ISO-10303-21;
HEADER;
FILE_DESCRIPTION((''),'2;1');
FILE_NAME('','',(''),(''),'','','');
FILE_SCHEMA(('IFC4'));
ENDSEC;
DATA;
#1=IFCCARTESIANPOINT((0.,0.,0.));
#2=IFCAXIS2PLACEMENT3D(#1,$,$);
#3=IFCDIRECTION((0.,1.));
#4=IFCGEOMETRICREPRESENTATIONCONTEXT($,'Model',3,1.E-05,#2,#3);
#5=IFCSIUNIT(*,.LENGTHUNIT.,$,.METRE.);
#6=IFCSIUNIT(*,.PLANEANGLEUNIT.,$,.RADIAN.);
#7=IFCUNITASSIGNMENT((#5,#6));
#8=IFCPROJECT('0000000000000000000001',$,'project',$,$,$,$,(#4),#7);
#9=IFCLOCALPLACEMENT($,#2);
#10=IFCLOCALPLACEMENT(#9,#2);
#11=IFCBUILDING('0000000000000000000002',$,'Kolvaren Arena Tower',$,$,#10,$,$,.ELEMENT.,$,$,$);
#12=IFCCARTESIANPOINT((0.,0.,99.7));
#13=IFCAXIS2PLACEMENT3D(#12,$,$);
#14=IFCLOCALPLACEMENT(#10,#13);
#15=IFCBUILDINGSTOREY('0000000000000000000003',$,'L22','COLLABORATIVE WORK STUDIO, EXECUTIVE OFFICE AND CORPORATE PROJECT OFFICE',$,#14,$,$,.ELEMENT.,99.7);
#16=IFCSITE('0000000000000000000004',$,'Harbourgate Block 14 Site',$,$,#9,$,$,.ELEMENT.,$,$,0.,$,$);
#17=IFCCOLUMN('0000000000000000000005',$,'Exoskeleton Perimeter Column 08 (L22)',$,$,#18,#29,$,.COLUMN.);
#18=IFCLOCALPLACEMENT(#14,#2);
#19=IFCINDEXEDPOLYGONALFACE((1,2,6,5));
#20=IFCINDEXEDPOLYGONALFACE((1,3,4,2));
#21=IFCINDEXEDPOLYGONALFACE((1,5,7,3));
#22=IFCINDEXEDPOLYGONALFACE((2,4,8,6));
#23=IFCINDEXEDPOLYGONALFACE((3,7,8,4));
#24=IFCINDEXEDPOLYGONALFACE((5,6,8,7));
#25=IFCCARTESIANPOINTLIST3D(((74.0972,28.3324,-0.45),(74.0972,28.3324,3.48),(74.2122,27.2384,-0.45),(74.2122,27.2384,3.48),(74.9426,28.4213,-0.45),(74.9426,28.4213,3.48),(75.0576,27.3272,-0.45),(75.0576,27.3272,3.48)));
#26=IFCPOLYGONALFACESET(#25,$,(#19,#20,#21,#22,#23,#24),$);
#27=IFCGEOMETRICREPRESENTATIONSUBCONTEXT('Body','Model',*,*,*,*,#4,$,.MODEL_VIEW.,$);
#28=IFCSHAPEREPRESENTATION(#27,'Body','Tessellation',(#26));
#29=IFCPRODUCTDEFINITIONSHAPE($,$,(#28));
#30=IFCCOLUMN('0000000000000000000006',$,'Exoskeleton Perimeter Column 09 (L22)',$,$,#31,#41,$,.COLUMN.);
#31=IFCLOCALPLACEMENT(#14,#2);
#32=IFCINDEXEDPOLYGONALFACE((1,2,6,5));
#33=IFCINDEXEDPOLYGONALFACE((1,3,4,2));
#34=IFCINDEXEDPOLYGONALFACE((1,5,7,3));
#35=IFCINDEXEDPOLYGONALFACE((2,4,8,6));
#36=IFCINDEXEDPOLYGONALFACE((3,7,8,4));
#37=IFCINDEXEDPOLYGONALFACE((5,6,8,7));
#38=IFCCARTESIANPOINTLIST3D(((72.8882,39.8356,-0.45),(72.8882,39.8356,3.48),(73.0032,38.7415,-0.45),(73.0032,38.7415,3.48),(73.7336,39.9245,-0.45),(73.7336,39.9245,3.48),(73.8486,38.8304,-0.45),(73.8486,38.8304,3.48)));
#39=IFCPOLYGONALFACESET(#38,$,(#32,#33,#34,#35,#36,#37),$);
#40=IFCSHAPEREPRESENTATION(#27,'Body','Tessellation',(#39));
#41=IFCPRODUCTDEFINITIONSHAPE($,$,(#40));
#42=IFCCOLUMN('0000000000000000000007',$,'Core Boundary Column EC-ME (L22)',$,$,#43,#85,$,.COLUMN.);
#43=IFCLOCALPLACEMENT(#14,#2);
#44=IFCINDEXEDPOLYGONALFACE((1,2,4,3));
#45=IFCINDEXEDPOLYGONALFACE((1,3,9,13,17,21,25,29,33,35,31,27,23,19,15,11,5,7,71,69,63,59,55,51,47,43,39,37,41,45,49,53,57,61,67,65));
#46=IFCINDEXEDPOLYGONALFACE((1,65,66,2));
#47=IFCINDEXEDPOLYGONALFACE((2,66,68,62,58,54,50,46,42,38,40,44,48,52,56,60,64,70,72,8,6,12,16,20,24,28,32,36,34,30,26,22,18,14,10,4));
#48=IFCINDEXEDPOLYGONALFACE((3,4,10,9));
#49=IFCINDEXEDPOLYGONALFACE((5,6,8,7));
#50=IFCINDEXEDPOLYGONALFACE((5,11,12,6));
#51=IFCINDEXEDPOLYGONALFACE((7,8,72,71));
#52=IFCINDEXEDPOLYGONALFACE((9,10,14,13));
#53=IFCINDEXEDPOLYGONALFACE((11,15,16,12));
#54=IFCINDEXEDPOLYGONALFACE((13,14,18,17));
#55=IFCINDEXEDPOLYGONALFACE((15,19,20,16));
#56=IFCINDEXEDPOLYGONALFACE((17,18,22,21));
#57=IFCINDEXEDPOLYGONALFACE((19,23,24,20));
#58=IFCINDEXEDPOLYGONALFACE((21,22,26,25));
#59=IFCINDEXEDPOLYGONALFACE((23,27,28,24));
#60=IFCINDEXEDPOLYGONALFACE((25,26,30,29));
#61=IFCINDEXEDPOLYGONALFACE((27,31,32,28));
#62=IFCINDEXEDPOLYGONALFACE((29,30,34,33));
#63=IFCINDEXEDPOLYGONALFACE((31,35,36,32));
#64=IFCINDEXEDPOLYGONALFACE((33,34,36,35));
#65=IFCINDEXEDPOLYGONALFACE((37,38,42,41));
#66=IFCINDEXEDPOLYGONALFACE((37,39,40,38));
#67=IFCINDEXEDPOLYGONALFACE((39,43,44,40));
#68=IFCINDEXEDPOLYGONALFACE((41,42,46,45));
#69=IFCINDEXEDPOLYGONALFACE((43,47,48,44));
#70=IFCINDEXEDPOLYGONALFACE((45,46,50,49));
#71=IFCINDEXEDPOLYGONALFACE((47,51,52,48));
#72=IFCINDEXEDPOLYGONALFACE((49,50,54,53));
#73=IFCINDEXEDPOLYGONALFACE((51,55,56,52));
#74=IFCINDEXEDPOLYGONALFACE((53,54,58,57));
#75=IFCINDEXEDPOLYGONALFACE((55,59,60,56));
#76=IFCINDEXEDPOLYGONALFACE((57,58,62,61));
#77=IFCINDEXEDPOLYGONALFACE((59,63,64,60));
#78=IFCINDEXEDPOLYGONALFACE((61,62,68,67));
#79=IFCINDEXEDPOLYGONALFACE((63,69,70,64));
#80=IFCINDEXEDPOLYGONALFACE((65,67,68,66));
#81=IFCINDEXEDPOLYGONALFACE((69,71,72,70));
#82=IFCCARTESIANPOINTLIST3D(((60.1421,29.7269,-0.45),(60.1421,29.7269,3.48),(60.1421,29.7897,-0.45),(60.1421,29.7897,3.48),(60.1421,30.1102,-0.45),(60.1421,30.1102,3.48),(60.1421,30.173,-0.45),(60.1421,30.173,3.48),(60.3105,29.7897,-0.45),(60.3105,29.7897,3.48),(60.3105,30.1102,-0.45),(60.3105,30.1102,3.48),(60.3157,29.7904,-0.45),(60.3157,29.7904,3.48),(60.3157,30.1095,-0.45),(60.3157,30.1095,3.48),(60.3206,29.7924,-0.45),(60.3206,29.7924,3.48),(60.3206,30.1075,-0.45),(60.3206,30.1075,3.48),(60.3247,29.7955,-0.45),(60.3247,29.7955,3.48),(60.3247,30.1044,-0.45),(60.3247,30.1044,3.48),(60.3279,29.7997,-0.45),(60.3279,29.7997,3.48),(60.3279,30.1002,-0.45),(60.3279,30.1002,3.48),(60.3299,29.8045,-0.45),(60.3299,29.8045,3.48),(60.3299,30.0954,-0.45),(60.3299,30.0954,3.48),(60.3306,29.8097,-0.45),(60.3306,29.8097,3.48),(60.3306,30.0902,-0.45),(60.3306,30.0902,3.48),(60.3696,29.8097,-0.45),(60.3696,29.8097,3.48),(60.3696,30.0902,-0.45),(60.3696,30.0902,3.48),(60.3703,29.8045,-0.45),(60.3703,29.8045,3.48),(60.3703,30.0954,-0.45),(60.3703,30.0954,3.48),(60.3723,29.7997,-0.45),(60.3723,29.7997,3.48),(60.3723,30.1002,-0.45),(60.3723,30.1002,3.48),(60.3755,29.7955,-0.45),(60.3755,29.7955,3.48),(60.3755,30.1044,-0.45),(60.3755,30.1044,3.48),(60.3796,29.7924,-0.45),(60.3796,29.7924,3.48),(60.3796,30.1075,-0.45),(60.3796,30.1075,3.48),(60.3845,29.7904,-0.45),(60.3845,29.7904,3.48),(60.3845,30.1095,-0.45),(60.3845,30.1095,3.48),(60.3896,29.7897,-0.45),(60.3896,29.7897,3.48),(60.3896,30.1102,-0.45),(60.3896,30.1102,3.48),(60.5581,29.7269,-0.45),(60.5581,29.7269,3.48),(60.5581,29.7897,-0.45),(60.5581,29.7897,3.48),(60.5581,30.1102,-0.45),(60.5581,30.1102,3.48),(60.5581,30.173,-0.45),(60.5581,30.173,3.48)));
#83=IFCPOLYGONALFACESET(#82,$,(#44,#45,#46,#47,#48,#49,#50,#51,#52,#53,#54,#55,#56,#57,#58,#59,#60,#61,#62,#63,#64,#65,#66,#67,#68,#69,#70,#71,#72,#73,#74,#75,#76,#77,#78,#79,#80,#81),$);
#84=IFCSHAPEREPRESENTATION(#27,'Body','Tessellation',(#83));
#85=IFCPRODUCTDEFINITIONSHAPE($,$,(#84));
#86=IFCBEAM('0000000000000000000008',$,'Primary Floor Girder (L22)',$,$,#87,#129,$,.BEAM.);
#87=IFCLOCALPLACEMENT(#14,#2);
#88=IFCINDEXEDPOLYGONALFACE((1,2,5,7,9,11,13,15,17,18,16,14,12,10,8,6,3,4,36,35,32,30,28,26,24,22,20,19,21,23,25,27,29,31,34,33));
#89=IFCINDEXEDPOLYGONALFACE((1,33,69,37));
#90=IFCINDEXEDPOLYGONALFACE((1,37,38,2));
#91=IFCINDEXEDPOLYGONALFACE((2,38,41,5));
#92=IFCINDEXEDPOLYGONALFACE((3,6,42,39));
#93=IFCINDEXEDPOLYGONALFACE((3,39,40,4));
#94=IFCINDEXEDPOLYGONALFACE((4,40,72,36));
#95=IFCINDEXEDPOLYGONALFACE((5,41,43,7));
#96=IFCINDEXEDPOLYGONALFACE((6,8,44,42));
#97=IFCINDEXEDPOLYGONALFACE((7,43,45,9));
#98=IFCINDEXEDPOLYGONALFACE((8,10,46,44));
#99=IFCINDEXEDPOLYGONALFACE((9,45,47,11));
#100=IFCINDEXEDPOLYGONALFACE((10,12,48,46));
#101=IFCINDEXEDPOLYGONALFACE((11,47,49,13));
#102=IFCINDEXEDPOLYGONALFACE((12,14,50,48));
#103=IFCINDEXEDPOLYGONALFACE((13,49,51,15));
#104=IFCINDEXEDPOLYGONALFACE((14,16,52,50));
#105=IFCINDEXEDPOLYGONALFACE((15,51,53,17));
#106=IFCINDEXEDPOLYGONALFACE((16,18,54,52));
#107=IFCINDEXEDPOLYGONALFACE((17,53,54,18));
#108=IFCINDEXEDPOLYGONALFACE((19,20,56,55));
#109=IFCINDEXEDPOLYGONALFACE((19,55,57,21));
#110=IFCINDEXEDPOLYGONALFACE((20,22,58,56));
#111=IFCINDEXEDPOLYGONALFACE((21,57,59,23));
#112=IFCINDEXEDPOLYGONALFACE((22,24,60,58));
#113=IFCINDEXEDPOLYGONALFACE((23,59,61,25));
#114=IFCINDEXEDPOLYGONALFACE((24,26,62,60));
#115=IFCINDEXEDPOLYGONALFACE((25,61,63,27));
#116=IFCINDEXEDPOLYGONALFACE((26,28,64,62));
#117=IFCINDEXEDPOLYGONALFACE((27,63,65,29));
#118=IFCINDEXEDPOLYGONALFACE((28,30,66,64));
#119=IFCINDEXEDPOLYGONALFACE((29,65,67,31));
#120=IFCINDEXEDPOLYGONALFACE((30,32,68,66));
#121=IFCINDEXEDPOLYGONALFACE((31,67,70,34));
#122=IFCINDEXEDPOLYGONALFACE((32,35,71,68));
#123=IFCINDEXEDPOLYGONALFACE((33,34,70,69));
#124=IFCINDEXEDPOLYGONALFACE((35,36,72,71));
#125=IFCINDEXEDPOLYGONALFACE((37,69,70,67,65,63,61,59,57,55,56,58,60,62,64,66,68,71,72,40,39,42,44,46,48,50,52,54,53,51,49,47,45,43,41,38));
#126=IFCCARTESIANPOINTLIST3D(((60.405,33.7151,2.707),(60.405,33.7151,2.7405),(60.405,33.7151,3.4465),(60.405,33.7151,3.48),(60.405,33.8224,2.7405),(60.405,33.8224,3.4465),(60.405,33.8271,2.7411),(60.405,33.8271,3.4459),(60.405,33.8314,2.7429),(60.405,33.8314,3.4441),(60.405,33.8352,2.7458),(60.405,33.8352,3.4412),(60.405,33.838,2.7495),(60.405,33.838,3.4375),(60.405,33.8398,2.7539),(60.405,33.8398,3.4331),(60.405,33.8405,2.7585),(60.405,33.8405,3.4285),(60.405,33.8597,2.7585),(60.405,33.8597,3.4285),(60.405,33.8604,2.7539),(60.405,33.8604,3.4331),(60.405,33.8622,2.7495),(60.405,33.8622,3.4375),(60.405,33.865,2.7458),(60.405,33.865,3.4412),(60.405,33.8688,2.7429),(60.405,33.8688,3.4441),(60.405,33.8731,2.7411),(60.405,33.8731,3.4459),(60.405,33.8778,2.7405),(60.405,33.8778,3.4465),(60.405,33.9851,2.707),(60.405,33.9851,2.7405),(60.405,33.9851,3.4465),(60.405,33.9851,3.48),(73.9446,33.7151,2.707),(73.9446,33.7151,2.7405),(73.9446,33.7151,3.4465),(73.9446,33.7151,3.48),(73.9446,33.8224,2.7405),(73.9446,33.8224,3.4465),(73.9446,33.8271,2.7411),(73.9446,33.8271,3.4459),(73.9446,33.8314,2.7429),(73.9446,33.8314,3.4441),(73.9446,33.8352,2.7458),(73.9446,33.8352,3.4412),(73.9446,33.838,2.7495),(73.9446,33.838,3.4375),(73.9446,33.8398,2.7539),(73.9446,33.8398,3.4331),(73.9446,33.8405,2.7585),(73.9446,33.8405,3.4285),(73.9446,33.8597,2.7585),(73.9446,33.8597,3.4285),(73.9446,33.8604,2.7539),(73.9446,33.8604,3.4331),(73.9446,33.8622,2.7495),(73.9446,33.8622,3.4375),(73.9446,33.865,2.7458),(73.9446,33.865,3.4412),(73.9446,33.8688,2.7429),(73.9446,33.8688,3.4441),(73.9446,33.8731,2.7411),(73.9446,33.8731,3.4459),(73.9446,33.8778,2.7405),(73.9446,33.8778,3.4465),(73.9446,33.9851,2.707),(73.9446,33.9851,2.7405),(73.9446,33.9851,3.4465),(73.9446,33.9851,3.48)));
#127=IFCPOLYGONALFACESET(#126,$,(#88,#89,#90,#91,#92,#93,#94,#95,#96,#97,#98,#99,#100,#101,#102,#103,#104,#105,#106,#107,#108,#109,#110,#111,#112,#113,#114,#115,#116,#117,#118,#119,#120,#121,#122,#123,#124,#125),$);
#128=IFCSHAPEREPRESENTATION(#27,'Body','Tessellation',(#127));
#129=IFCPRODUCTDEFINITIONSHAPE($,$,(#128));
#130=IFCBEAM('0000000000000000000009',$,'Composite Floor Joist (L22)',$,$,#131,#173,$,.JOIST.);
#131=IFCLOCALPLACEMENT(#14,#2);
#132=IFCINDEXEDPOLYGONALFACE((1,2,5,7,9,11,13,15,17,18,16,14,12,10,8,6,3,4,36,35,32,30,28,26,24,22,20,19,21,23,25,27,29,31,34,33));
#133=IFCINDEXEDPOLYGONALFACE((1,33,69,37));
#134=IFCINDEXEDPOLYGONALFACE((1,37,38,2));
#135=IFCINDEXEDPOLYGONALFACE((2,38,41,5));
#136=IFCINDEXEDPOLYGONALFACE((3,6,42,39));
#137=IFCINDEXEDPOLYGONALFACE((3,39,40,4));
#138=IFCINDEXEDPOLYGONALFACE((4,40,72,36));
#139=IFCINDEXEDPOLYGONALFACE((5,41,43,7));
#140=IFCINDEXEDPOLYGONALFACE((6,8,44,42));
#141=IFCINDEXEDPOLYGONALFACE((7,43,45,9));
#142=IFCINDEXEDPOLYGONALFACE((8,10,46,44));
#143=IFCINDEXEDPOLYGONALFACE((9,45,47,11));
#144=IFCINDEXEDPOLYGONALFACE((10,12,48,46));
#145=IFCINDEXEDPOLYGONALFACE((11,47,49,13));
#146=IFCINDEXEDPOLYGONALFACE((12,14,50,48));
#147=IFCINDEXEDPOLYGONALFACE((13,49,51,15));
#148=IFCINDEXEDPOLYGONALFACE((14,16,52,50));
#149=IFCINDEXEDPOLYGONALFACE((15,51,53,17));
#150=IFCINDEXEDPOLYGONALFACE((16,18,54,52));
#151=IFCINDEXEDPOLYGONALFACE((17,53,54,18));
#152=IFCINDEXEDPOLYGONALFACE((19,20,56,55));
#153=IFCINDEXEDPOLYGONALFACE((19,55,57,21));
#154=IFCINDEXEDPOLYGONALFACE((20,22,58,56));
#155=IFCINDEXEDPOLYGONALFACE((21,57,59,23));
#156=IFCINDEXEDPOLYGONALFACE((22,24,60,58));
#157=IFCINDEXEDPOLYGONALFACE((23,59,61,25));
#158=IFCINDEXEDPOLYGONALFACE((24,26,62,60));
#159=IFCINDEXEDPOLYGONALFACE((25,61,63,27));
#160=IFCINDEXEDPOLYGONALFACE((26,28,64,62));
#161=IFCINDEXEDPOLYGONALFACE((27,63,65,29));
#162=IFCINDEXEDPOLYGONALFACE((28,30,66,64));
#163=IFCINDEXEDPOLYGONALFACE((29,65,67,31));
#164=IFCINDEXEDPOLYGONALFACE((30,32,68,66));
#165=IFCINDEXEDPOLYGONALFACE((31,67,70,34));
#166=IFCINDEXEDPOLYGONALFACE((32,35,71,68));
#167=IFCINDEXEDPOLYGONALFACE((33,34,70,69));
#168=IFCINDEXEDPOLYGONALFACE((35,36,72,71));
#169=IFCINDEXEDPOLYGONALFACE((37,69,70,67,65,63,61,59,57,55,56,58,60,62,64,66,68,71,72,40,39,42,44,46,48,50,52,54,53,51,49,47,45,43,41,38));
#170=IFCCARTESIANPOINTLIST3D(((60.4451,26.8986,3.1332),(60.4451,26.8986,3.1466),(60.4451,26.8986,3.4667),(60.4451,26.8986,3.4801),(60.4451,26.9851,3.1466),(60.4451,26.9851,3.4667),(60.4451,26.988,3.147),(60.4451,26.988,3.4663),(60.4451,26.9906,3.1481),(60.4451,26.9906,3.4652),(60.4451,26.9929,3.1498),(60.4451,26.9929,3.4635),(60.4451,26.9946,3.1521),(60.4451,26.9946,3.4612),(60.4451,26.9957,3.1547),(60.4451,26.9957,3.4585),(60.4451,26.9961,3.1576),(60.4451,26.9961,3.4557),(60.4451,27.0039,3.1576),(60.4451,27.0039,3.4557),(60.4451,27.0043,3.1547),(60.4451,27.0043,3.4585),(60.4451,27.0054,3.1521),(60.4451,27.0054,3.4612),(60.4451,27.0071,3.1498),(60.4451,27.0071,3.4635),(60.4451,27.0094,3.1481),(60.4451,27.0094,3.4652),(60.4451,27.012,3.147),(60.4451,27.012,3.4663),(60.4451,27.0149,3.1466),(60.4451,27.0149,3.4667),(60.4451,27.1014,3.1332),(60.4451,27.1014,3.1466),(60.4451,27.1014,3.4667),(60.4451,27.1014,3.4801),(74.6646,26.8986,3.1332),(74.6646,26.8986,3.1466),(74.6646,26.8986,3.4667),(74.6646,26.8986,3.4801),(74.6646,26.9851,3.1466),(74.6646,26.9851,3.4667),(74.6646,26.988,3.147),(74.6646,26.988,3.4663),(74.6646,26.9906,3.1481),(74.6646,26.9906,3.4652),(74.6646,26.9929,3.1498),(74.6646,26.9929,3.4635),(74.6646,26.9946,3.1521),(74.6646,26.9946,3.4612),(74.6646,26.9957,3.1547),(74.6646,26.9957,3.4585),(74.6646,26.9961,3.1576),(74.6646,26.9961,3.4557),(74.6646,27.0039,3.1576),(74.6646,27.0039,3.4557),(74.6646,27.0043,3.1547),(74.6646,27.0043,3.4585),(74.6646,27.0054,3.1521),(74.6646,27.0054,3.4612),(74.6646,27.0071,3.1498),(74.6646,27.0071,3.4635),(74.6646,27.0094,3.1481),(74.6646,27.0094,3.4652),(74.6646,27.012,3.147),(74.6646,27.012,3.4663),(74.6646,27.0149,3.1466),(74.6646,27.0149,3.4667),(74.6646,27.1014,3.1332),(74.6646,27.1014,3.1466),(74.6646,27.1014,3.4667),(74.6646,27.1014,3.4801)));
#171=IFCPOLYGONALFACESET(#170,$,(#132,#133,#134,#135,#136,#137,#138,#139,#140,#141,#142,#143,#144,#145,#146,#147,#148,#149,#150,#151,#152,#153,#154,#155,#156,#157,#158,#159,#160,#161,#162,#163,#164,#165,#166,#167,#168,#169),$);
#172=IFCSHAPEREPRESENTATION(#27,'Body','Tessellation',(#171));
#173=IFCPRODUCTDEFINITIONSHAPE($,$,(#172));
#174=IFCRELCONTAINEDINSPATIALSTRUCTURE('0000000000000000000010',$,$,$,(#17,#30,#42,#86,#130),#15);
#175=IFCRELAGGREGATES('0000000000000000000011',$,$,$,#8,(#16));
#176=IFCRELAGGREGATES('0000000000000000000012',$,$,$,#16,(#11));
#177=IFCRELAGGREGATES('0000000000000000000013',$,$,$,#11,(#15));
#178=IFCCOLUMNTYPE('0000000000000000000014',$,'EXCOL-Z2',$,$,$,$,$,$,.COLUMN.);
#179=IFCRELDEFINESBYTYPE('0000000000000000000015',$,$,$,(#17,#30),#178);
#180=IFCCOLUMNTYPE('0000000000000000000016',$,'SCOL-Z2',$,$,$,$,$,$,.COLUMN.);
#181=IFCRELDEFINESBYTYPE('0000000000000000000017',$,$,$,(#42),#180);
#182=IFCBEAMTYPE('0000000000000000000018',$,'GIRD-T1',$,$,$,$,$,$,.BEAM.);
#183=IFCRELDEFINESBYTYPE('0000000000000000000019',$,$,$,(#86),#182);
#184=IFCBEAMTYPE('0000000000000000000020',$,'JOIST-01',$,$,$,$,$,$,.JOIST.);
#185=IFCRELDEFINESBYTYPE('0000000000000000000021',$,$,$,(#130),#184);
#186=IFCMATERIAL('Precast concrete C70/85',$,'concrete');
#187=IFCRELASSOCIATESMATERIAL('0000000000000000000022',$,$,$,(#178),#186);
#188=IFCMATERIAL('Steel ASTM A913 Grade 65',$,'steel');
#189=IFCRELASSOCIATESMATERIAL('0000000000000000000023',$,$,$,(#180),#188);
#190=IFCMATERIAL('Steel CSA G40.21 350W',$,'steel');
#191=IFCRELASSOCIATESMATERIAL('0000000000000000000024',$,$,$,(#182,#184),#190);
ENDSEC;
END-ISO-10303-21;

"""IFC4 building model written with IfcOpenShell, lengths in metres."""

from ifc_helpers import new_model, si_unit, direction, frame, origin, origin_2d, place, context, subcontext, project, spatial, rectangle, i_section, extrude, material, material_profile, profile_set, type_object, element, save


model = new_model("IFC4")

# Units and contexts
model_context = context("Model", 3, precision=1e-05, world=origin(), true_north=direction((0.0, 1.0)))
body_context = subcontext(model_context, "Body", "Model", "MODEL_VIEW")
ifc_project = project(units=[si_unit("LENGTHUNIT", "METRE"), si_unit("PLANEANGLEUNIT", "RADIAN")], contexts=[model_context])

# Site, building, storey
site_placement = place(None, origin())
site = spatial("IfcSite", under=ifc_project, at=site_placement, Name="Harbourgate Block 14 Site", CompositionType="ELEMENT", RefElevation=0.0)
building_placement = place(site_placement, origin())
building = spatial("IfcBuilding", under=site, at=building_placement, Name="Kolvaren Arena Tower", CompositionType="ELEMENT")
storey_placement = place(building_placement, frame((0.0, 0.0, 99.7)))
storey = spatial("IfcBuildingStorey", under=building, at=storey_placement, Name="L22", Description="COLLABORATIVE WORK STUDIO, EXECUTIVE OFFICE AND CORPORATE PROJECT OFFICE", CompositionType="ELEMENT", Elevation=99.7)

# Columns
ifc_material_1 = material(Name="Precast concrete C70/85", Category="concrete")
ifc_material_profile_1 = material_profile(ifc_material_1, rectangle(XDim=1.1001, YDim=0.8501, at=origin_2d()), Name="RC-1100x850")
ifc_profile_set_1 = profile_set([ifc_material_profile_1], Name="Precast concrete C70/85")
column_type_1 = type_object("IfcColumnType", Name="EXCOL-Z2", PredefinedType="COLUMN", material=ifc_profile_set_1)
for number, where, z_axis, x_axis, name in (
    (1, (74.5774, 27.8298, -0.45), (0.0, 0.0, 1.0), (-0.104528, 0.994522, 0.0), "Exoskeleton Perimeter Column 08 (L22)"),
    (2, (73.3684, 39.333, -0.45), (0.0, 0.0, 1.0), (-0.104528, 0.994522, 0.0), "Exoskeleton Perimeter Column 09 (L22)"),
):
    element("IfcColumn", number, at=place(storey_placement, frame(where, z_axis=z_axis, x_axis=x_axis)), inside=storey, type_object=column_type_1, Name=name, PredefinedType="COLUMN", context=body_context, shape_type="SweptSolid", body=[
        extrude(rectangle(XDim=1.1001, YDim=0.8501, at=origin_2d()), origin(), (0.0, 0.0, 1.0), 3.9299),
    ])
ifc_material_2 = material(Name="Steel ASTM A913 Grade 65", Category="steel")
ifc_material_profile_2 = material_profile(ifc_material_2, i_section(OverallWidth=0.416, OverallDepth=0.446, WebThickness=0.0391, FlangeThickness=0.0627, FilletRadius=0.02, at=origin_2d()), Name="W360x509")
ifc_profile_set_2 = profile_set([ifc_material_profile_2], Name="Steel ASTM A913 Grade 65")
column_type_2 = type_object("IfcColumnType", Name="SCOL-Z2", PredefinedType="COLUMN", material=ifc_profile_set_2)
column_placement = place(storey_placement, frame((60.3501, 29.95, -0.45), z_axis=(0.0, 0.0, 1.0), x_axis=(1.0, 0.0, 0.0)))
element("IfcColumn", 3, at=column_placement, inside=storey, type_object=column_type_2, Name="Core Boundary Column EC-ME (L22)", PredefinedType="COLUMN", context=body_context, shape_type="SweptSolid", body=[
    extrude(i_section(OverallWidth=0.416, OverallDepth=0.446, WebThickness=0.0391, FlangeThickness=0.0627, FilletRadius=0.02, at=origin_2d()), origin(), (0.0, 0.0, 1.0), 3.9299),
])

# Beams
ifc_material_3 = material(Name="Steel CSA G40.21 350W", Category="steel")
ifc_material_profile_3 = material_profile(ifc_material_3, i_section(OverallWidth=0.27, OverallDepth=0.7729, WebThickness=0.0193, FlangeThickness=0.0334, FilletRadius=0.0181, at=origin_2d()), Name="W760x257")
ifc_profile_set_3 = profile_set([ifc_material_profile_3], Name="Steel CSA G40.21 350W")
beam_type_1 = type_object("IfcBeamType", Name="GIRD-T1", PredefinedType="BEAM", material=ifc_profile_set_3)
beam_1_placement = place(storey_placement, frame((60.405, 33.8501, 3.0935), z_axis=(1.0, 0.0, 0.0), x_axis=(0.0, 1.0, 0.0)))
element("IfcBeam", 4, at=beam_1_placement, inside=storey, type_object=beam_type_1, Name="Primary Floor Girder (L22)", PredefinedType="BEAM", context=body_context, shape_type="SweptSolid", body=[
    extrude(i_section(OverallWidth=0.27, OverallDepth=0.7729, WebThickness=0.0193, FlangeThickness=0.0334, FilletRadius=0.0181, at=origin_2d()), origin(), (0.0, 0.0, 1.0), 13.5396),
])
ifc_material_profile_4 = material_profile(ifc_material_3, i_section(OverallWidth=0.2029, OverallDepth=0.3469, WebThickness=0.0078, FlangeThickness=0.0134, FilletRadius=0.011, at=origin_2d()), Name="W360x64")
ifc_profile_set_4 = profile_set([ifc_material_profile_4], Name="Steel CSA G40.21 350W")
beam_type_2 = type_object("IfcBeamType", Name="JOIST-01", PredefinedType="JOIST", material=ifc_profile_set_4)
beam_2_placement = place(storey_placement, frame((60.4451, 27.0, 3.3066), z_axis=(1.0, 0.0, 0.0), x_axis=(0.0, 1.0, 0.0)))
element("IfcBeam", 5, at=beam_2_placement, inside=storey, type_object=beam_type_2, Name="Composite Floor Joist (L22)", PredefinedType="JOIST", context=body_context, shape_type="SweptSolid", body=[
    extrude(i_section(OverallWidth=0.2029, OverallDepth=0.3469, WebThickness=0.0078, FlangeThickness=0.0134, FilletRadius=0.011, at=origin_2d()), origin(), (0.0, 0.0, 1.0), 14.2195),
])

save(model, "model.ifc")
